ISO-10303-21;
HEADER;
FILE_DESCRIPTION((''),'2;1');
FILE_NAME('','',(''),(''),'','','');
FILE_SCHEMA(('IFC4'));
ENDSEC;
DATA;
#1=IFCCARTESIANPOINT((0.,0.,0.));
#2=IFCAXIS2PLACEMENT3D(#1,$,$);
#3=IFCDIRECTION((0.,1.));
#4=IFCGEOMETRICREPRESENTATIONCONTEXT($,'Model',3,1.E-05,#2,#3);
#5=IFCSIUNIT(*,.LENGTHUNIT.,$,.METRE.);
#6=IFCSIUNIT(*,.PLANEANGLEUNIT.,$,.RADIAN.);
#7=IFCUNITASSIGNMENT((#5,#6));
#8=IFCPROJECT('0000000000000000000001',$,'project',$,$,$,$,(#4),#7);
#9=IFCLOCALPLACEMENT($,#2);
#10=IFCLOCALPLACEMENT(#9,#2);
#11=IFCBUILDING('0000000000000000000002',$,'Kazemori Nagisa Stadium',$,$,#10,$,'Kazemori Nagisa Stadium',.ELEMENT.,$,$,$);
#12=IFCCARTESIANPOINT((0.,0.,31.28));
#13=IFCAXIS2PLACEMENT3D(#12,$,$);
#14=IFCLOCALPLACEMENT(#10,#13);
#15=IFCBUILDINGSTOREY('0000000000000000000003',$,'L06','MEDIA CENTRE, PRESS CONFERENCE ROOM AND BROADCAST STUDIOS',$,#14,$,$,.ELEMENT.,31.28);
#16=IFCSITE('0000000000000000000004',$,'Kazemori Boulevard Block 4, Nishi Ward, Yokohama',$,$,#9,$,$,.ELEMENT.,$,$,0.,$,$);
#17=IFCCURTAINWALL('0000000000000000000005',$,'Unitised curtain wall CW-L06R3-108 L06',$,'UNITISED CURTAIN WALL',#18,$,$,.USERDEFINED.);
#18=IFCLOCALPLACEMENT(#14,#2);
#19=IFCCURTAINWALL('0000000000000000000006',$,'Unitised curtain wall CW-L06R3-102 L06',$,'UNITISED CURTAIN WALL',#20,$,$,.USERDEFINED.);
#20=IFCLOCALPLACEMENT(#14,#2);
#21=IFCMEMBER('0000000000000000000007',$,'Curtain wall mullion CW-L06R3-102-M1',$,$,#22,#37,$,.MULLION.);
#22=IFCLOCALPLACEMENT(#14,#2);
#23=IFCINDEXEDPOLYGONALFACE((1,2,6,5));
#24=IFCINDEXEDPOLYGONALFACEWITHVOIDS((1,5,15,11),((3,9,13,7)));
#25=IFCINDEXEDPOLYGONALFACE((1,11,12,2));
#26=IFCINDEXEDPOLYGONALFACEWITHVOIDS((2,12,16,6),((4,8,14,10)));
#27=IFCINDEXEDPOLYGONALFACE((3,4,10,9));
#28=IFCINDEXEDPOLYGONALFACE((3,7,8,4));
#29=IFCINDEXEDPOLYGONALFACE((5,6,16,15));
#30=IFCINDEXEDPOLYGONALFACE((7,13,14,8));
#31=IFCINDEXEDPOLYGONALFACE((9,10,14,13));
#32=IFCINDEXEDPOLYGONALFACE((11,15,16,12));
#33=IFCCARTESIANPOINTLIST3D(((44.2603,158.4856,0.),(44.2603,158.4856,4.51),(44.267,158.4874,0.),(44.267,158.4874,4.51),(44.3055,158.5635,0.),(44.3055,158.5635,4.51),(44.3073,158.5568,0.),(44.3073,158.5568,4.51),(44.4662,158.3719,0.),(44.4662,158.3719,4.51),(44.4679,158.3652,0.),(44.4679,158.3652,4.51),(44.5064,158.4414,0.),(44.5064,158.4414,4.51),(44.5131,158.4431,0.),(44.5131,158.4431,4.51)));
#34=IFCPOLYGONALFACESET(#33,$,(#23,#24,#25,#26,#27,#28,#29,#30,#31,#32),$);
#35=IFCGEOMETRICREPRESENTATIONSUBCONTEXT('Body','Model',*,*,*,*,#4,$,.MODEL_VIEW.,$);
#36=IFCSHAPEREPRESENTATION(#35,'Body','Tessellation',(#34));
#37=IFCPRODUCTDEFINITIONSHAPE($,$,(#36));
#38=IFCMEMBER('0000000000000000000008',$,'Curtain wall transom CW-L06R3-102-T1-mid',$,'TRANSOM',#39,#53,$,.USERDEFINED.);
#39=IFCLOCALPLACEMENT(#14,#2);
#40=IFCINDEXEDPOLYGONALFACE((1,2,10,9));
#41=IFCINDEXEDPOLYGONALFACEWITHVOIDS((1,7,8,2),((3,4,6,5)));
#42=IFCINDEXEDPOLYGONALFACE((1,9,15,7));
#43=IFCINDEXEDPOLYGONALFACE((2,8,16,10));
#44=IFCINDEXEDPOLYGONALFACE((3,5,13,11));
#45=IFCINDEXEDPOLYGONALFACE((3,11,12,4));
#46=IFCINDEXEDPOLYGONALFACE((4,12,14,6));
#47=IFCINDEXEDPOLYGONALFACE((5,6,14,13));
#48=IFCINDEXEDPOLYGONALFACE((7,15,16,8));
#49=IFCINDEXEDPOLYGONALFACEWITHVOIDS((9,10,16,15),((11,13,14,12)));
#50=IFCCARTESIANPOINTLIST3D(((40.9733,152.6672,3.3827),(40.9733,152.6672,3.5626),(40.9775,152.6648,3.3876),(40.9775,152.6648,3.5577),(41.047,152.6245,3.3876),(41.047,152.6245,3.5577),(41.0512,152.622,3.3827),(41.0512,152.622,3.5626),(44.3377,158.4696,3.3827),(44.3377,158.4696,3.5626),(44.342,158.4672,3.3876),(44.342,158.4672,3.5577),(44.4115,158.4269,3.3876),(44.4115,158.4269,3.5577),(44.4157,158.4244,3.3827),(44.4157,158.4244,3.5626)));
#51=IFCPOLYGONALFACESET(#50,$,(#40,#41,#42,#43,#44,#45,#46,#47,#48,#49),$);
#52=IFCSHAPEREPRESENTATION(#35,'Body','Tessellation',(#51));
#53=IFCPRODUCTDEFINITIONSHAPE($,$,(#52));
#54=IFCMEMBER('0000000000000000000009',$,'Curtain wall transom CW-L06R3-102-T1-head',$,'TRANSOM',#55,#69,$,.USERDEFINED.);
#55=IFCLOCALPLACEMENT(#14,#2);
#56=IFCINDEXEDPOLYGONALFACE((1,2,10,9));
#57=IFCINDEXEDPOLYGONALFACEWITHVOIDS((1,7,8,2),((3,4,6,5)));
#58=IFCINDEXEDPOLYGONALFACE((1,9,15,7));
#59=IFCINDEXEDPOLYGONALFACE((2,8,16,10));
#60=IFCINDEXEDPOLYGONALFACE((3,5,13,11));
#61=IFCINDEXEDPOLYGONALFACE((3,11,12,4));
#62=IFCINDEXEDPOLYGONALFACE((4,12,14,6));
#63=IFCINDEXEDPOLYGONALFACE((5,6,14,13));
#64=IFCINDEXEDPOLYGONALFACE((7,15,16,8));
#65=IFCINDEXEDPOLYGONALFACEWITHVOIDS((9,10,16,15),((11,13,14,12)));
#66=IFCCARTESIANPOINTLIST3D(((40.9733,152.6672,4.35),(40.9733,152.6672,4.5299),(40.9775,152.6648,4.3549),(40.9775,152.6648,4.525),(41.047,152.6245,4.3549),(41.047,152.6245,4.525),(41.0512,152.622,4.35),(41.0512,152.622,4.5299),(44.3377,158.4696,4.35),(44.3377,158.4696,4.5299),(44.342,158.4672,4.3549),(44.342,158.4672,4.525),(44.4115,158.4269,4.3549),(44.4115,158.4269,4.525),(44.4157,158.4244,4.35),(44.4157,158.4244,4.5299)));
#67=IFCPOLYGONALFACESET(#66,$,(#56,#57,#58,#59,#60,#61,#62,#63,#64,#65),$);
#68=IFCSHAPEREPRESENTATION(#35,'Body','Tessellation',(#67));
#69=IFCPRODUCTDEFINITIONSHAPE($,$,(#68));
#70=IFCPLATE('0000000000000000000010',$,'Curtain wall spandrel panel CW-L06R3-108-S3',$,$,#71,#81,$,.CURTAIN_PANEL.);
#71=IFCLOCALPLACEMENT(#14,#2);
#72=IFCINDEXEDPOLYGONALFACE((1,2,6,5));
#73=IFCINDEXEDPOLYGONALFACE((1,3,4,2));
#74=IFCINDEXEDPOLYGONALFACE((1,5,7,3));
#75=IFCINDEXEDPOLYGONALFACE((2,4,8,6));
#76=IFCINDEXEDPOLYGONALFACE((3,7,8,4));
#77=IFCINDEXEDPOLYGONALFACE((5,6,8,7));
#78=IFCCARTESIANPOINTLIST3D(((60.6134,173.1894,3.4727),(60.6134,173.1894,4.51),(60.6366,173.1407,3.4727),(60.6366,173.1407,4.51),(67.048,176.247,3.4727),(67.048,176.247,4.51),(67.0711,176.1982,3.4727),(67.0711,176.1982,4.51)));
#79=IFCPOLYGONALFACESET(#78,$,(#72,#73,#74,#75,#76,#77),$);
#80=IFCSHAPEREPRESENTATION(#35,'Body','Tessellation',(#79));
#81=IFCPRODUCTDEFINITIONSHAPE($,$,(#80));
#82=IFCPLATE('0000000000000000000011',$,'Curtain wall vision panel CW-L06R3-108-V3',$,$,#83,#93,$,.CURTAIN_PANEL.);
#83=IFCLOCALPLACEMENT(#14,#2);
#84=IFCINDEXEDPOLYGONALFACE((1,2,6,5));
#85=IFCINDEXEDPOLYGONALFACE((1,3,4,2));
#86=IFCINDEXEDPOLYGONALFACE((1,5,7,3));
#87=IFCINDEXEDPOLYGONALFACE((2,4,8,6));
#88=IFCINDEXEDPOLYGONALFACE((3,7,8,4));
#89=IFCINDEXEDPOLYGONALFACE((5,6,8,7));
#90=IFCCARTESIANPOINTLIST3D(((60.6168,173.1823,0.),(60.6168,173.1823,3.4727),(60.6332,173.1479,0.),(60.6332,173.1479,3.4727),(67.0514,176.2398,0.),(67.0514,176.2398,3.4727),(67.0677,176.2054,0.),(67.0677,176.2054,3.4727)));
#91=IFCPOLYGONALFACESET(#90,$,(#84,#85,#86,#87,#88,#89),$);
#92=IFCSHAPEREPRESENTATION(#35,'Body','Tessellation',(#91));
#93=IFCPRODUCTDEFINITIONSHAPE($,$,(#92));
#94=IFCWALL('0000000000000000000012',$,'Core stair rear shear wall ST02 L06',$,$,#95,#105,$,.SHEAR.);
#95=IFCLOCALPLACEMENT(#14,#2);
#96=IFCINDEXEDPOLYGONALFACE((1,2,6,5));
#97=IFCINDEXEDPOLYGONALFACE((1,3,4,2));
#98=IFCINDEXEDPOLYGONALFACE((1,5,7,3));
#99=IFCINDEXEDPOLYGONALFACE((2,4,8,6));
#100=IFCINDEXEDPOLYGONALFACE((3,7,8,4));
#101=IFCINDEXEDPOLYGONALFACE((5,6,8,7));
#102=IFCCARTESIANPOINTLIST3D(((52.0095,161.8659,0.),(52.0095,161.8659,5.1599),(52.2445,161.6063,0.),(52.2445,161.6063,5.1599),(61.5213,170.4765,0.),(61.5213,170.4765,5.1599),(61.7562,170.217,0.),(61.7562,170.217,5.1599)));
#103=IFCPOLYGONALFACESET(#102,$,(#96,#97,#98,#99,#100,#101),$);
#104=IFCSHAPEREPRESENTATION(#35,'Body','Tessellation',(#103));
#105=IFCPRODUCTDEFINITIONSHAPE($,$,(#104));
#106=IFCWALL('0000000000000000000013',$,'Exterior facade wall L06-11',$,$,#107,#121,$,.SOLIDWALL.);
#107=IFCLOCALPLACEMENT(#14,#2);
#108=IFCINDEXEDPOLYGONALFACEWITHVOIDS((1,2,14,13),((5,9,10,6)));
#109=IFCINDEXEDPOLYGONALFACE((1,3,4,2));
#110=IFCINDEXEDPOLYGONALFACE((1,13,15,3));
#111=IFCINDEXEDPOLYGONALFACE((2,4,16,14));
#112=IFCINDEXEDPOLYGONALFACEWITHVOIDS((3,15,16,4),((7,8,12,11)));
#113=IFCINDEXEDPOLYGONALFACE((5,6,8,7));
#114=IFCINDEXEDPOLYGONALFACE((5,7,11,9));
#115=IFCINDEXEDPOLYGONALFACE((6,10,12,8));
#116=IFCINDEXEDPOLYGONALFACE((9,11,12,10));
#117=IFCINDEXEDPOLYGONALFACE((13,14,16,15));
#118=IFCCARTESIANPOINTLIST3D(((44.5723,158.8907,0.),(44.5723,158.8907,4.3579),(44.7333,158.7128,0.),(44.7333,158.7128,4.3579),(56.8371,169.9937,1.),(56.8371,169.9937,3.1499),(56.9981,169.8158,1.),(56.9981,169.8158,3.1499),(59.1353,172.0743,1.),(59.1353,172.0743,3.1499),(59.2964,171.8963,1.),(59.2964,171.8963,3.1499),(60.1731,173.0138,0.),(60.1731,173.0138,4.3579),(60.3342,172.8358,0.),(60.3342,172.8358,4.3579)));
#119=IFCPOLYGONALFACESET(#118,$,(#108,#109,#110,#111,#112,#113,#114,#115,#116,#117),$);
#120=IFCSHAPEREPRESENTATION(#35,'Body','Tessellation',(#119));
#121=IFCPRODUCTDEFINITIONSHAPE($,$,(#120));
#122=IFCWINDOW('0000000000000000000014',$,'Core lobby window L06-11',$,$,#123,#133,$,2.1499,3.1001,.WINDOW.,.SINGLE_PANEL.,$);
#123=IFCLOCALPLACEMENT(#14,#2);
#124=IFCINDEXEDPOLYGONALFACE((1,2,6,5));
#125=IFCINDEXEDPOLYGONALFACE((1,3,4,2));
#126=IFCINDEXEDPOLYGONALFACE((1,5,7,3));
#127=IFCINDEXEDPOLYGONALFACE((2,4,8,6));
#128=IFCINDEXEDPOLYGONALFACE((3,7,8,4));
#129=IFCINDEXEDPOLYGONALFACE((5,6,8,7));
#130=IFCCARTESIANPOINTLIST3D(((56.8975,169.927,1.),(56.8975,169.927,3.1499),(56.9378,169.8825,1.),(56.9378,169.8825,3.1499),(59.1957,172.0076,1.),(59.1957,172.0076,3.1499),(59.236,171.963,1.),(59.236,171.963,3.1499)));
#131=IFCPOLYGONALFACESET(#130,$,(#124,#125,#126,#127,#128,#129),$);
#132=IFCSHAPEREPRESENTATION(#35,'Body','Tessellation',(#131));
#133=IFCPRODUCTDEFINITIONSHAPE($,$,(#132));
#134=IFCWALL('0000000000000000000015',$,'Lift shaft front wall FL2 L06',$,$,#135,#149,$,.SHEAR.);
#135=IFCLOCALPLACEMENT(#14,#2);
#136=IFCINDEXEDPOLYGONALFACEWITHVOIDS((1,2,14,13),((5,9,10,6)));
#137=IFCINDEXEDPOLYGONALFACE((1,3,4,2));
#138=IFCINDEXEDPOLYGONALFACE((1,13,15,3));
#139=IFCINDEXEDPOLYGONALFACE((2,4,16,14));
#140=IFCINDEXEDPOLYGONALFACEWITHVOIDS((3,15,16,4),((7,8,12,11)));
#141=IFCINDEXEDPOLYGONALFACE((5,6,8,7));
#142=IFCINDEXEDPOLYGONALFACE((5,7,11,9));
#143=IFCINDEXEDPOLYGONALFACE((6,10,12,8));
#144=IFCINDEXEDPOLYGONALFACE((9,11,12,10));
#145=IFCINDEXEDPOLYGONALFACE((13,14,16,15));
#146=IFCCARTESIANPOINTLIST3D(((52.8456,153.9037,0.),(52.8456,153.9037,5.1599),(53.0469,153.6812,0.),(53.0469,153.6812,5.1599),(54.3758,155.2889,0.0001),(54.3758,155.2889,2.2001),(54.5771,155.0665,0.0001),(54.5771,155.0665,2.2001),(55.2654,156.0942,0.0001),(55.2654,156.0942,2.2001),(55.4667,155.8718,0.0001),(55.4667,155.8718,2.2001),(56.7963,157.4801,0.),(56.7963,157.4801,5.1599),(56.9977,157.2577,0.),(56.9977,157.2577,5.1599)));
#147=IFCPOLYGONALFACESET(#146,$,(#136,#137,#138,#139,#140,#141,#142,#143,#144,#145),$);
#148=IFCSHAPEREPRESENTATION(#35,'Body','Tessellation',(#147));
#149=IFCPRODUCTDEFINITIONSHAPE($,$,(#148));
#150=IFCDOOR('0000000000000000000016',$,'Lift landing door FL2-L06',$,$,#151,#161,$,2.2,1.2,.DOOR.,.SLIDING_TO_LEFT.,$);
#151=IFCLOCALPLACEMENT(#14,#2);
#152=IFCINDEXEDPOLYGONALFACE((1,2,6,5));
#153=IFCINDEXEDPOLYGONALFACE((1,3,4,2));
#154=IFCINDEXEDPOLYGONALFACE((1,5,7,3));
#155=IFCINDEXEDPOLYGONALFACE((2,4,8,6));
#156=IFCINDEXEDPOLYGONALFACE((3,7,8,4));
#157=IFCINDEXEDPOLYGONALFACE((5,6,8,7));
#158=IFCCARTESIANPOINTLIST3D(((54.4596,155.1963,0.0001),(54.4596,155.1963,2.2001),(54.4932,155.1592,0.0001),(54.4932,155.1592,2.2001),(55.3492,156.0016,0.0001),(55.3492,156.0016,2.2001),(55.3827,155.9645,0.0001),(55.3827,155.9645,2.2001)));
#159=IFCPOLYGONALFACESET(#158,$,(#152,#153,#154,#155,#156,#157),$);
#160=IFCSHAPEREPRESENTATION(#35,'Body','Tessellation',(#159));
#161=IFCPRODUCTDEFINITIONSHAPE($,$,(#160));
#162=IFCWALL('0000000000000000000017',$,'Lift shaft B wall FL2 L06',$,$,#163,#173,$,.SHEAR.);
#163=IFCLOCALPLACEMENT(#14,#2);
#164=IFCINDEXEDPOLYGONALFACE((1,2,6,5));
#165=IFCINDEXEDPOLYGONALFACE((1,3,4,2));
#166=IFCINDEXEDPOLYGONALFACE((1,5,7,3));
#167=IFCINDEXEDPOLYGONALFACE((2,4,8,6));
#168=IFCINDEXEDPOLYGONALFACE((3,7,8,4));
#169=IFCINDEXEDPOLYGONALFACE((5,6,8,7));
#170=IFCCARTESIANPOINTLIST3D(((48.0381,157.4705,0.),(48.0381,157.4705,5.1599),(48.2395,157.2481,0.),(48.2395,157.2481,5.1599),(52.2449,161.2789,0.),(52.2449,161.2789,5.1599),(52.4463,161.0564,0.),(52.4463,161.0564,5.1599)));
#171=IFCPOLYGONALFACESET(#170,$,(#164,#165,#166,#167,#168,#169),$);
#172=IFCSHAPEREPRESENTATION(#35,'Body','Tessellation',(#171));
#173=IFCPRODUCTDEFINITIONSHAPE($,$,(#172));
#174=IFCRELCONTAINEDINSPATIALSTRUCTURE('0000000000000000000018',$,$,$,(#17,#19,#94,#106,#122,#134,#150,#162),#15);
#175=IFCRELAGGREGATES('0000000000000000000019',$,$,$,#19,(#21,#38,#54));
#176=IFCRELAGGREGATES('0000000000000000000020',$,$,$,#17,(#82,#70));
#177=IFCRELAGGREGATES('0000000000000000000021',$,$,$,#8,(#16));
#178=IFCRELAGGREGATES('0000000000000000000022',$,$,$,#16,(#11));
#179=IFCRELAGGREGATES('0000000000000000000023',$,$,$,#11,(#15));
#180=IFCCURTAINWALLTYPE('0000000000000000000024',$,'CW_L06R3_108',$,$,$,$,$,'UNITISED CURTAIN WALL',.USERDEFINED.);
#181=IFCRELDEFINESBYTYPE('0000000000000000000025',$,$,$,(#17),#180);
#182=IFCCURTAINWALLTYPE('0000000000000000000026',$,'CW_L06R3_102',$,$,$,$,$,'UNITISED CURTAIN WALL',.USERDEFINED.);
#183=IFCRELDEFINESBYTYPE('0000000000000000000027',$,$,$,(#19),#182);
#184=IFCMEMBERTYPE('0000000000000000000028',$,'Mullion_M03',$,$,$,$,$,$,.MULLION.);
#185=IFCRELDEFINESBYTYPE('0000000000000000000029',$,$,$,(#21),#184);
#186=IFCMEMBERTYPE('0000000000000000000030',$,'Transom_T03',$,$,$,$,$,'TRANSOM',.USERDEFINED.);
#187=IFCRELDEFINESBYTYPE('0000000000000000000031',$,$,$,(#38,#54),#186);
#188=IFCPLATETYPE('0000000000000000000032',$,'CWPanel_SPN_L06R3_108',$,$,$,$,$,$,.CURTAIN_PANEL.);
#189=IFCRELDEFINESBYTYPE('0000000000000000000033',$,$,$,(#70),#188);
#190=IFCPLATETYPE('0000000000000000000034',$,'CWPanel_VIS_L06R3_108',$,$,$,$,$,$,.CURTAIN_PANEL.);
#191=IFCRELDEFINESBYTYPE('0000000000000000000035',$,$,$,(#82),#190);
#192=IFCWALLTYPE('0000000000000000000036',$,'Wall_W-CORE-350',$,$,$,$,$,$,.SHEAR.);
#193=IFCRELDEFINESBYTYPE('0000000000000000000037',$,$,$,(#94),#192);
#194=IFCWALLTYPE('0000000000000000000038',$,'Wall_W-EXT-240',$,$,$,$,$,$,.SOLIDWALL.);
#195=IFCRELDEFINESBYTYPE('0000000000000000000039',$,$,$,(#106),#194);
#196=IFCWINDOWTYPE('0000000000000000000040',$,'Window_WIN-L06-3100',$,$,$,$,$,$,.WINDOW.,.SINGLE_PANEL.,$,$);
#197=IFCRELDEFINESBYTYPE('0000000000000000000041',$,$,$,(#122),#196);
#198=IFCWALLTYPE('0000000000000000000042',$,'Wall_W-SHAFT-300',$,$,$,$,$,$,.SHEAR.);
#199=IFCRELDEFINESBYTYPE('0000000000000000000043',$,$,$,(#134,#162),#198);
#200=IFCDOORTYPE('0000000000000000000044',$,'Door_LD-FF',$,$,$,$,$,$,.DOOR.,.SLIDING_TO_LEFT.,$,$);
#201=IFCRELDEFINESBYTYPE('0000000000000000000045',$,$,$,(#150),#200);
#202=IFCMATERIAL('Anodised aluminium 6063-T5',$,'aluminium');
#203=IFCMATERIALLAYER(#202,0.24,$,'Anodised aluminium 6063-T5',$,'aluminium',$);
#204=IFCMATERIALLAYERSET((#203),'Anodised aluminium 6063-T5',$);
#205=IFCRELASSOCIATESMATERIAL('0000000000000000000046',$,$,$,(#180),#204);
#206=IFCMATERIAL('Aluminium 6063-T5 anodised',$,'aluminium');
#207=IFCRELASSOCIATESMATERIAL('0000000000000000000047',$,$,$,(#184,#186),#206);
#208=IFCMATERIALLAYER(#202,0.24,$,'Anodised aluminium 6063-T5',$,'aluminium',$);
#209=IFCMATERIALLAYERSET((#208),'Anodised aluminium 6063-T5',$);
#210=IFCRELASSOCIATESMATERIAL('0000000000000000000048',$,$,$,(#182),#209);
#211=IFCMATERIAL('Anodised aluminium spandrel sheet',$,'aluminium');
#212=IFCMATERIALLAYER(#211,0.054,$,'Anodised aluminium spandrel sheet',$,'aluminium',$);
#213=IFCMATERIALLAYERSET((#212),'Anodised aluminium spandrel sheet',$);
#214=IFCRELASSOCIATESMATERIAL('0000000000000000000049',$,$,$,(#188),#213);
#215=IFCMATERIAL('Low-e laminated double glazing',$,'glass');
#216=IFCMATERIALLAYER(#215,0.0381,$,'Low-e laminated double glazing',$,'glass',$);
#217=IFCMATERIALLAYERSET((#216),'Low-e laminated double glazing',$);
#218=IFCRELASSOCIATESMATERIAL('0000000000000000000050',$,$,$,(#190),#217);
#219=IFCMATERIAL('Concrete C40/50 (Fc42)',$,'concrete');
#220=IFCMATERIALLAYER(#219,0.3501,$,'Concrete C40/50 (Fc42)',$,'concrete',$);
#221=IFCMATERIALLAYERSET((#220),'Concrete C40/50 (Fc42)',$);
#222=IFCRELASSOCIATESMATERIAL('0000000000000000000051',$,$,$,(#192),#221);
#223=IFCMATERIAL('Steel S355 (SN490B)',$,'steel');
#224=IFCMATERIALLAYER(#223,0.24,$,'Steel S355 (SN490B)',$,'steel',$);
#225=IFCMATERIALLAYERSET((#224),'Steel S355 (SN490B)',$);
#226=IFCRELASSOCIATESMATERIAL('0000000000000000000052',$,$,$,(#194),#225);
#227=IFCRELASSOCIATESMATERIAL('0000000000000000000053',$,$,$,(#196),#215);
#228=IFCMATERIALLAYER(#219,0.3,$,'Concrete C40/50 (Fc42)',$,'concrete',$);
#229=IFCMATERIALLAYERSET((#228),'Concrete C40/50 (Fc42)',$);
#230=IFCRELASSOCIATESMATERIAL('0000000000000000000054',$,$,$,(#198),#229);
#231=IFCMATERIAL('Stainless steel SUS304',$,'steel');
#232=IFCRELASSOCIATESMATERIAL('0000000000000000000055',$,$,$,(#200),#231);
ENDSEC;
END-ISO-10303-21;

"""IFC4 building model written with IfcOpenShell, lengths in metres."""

from ifc_helpers import new_model, si_unit, direction, frame, frame_2d, origin, origin_2d, place, context, subcontext, project, spatial, rectangle, hollow_rectangle, extrude, material, layer, layer_set, material_profile, profile_set, type_object, element, fill, aggregate, save


model = new_model("IFC4")

# Units and contexts
model_context = context("Model", 3, precision=1e-05, world=origin(), true_north=direction((0.0, 1.0)))
body_context = subcontext(model_context, "Body", "Model", "MODEL_VIEW")
ifc_project = project(units=[si_unit("LENGTHUNIT", "METRE"), si_unit("PLANEANGLEUNIT", "RADIAN")], contexts=[model_context])

# Site, building, storey
site_placement = place(None, origin())
site = spatial("IfcSite", under=ifc_project, at=site_placement, Name="Kazemori Boulevard Block 4, Nishi Ward, Yokohama", CompositionType="ELEMENT", RefElevation=0.0)
building_placement = place(site_placement, origin())
building = spatial("IfcBuilding", under=site, at=building_placement, Name="Kazemori Nagisa Stadium", LongName="Kazemori Nagisa Stadium", CompositionType="ELEMENT")
storey_placement = place(building_placement, frame((0.0, 0.0, 31.28)))
storey = spatial("IfcBuildingStorey", under=building, at=storey_placement, Name="L06", Description="MEDIA CENTRE, PRESS CONFERENCE ROOM AND BROADCAST STUDIOS", CompositionType="ELEMENT", Elevation=31.28)

# Shared definitions
ifc_material_1 = material(Name="Concrete C40/50 (Fc42)", Category="concrete")

# Curtain wall
ifc_material_2 = material(Name="Anodised aluminium 6063-T5", Category="aluminium")
ifc_layer_1 = layer(ifc_material_2, 0.24, Name="Anodised aluminium 6063-T5", Category="aluminium")
ifc_layer_set_1 = layer_set([ifc_layer_1], Name="Anodised aluminium 6063-T5")
curtain_wall_type_1 = type_object("IfcCurtainWallType", Name="CW_L06R3_108", ElementType="UNITISED CURTAIN WALL", PredefinedType="USERDEFINED", material=ifc_layer_set_1)
curtain_wall_1_placement = place(storey_placement, origin())
curtain_wall_1 = element("IfcCurtainWall", 1, at=curtain_wall_1_placement, inside=storey, type_object=curtain_wall_type_1, Name="Unitised curtain wall CW-L06R3-108 L06", ObjectType="UNITISED CURTAIN WALL", PredefinedType="USERDEFINED")
ifc_material_3 = material(Name="Aluminium 6063-T5 anodised", Category="aluminium")
ifc_material_profile_1 = material_profile(ifc_material_3, hollow_rectangle(XDim=0.0901, YDim=0.24, WallThickness=0.0049, at=origin_2d()), Name="ALU-MULL-90x240x5")
ifc_profile_set_1 = profile_set([ifc_material_profile_1], Name="Aluminium 6063-T5 anodised")
member_type_1 = type_object("IfcMemberType", Name="Mullion_M03", PredefinedType="MULLION", material=ifc_profile_set_1)

# Curtain wall, members
ifc_layer_2 = layer(ifc_material_2, 0.24, Name="Anodised aluminium 6063-T5", Category="aluminium")
ifc_layer_set_2 = layer_set([ifc_layer_2], Name="Anodised aluminium 6063-T5")
curtain_wall_type_2 = type_object("IfcCurtainWallType", Name="CW_L06R3_102", ElementType="UNITISED CURTAIN WALL", PredefinedType="USERDEFINED", material=ifc_layer_set_2)
curtain_wall_2_placement = place(storey_placement, origin())
curtain_wall_2 = element("IfcCurtainWall", 2, at=curtain_wall_2_placement, inside=storey, type_object=curtain_wall_type_2, Name="Unitised curtain wall CW-L06R3-102 L06", ObjectType="UNITISED CURTAIN WALL", PredefinedType="USERDEFINED")
member_1_placement = place(storey_placement, frame((44.3867, 158.4644, 0.0), z_axis=(0.0, 0.0, 1.0), x_axis=(-0.501612, -0.865093, 0.0)))
member_1 = element("IfcMember", 3, at=member_1_placement, type_object=member_type_1, Name="Curtain wall mullion CW-L06R3-102-M1", PredefinedType="MULLION", context=body_context, shape_type="SweptSolid", body=[
    extrude(hollow_rectangle(XDim=0.0901, YDim=0.24, WallThickness=0.0049, at=origin_2d()), origin(), (0.0, 0.0, 1.0), 4.51),
])
ifc_material_profile_2 = material_profile(ifc_material_3, hollow_rectangle(XDim=0.0901, YDim=0.1799, WallThickness=0.0049, at=origin_2d()), Name="ALU-TRAN-90x180x5")
ifc_profile_set_2 = profile_set([ifc_material_profile_2], Name="Aluminium 6063-T5 anodised")
member_type_2 = type_object("IfcMemberType", Name="Transom_T03", ElementType="TRANSOM", PredefinedType="USERDEFINED", material=ifc_profile_set_2)
member_2_placement = place(storey_placement, frame((44.3767, 158.447, 3.4727), z_axis=(-0.501613, -0.865092, 0.0), x_axis=(0.865092, -0.501613, 0.0)))
member_2 = element("IfcMember", 4, at=member_2_placement, type_object=member_type_2, Name="Curtain wall transom CW-L06R3-102-T1-mid", ObjectType="TRANSOM", PredefinedType="USERDEFINED", context=body_context, shape_type="SweptSolid", body=[
    extrude(hollow_rectangle(XDim=0.0901, YDim=0.1799, WallThickness=0.0049, at=origin_2d()), origin(), (0.0, 0.0, 1.0), 6.7073),
])
member_3_placement = place(storey_placement, frame((44.3767, 158.447, 4.4399), z_axis=(-0.501613, -0.865092, 0.0), x_axis=(0.865092, -0.501613, 0.0)))
member_3 = element("IfcMember", 5, at=member_3_placement, type_object=member_type_2, Name="Curtain wall transom CW-L06R3-102-T1-head", ObjectType="TRANSOM", PredefinedType="USERDEFINED", context=body_context, shape_type="SweptSolid", body=[
    extrude(hollow_rectangle(XDim=0.0901, YDim=0.1799, WallThickness=0.0049, at=origin_2d()), origin(), (0.0, 0.0, 1.0), 6.7073),
])
aggregate(curtain_wall_2, [member_1, member_2, member_3])

# Plates
ifc_material_4 = material(Name="Anodised aluminium spandrel sheet", Category="aluminium")
ifc_layer_3 = layer(ifc_material_4, 0.054, Name="Anodised aluminium spandrel sheet", Category="aluminium")
ifc_layer_set_3 = layer_set([ifc_layer_3], Name="Anodised aluminium spandrel sheet")
plate_type_1 = type_object("IfcPlateType", Name="CWPanel_SPN_L06R3_108", PredefinedType="CURTAIN_PANEL", material=ifc_layer_set_3)
plate_1_placement = place(storey_placement, frame((63.8423, 174.6938, 3.4727), z_axis=(0.0, 0.0, 1.0), x_axis=(-0.903216, -0.429186, 0.0)))
plate_1 = element("IfcPlate", 6, at=plate_1_placement, type_object=plate_type_1, Name="Curtain wall spandrel panel CW-L06R3-108-S3", PredefinedType="CURTAIN_PANEL", context=body_context, shape_type="SweptSolid", body=[
    extrude(rectangle(XDim=7.124, YDim=0.054, at=origin_2d()), origin(), (0.0, 0.0, 1.0), 1.0374),
])
ifc_material_5 = material(Name="Low-e laminated double glazing", Category="glass")
ifc_layer_4 = layer(ifc_material_5, 0.0381, Name="Low-e laminated double glazing", Category="glass")
ifc_layer_set_4 = layer_set([ifc_layer_4], Name="Low-e laminated double glazing")
plate_type_2 = type_object("IfcPlateType", Name="CWPanel_VIS_L06R3_108", PredefinedType="CURTAIN_PANEL", material=ifc_layer_set_4)
plate_2_placement = place(storey_placement, frame((63.8423, 174.6938, 0.0), z_axis=(0.0, 0.0, 1.0), x_axis=(-0.903216, -0.429186, 0.0)))
plate_2 = element("IfcPlate", 7, at=plate_2_placement, type_object=plate_type_2, Name="Curtain wall vision panel CW-L06R3-108-V3", PredefinedType="CURTAIN_PANEL", context=body_context, shape_type="SweptSolid", body=[
    extrude(rectangle(XDim=7.124, YDim=0.0381, at=origin_2d()), origin(), (0.0, 0.0, 1.0), 3.4727),
])
aggregate(curtain_wall_1, [plate_2, plate_1])

# Wall
ifc_layer_5 = layer(ifc_material_1, 0.3501, Name="Concrete C40/50 (Fc42)", Category="concrete")
ifc_layer_set_5 = layer_set([ifc_layer_5], Name="Concrete C40/50 (Fc42)")
wall_type_1 = type_object("IfcWallType", Name="Wall_W-CORE-350", PredefinedType="SHEAR", material=ifc_layer_set_5)
wall_1_placement = place(storey_placement, frame((61.6387, 170.3467, 0.0), z_axis=(0.0, 0.0, 1.0), x_axis=(-0.741351, -0.671117, 0.0)))
element("IfcWall", 8, at=wall_1_placement, inside=storey, type_object=wall_type_1, Name="Core stair rear shear wall ST02 L06", PredefinedType="SHEAR", context=body_context, shape_type="SweptSolid", body=[
    extrude(rectangle(XDim=12.8303, YDim=0.3501, at=frame_2d((6.415, 0.0))), origin(), (0.0, 0.0, 1.0), 5.1599),
])

# Wall, opening, window
ifc_material_6 = material(Name="Steel S355 (SN490B)", Category="steel")
ifc_layer_6 = layer(ifc_material_6, 0.24, Name="Steel S355 (SN490B)", Category="steel")
ifc_layer_set_6 = layer_set([ifc_layer_6], Name="Steel S355 (SN490B)")
wall_type_2 = type_object("IfcWallType", Name="Wall_W-EXT-240", PredefinedType="SOLIDWALL", material=ifc_layer_set_6)
wall_2_placement = place(storey_placement, frame((60.2537, 172.9248, 0.0), z_axis=(0.0, 0.0, 1.0), x_axis=(-0.741346, -0.671123, 0.0)))
wall_2 = element("IfcWall", 9, at=wall_2_placement, inside=storey, type_object=wall_type_2, Name="Exterior facade wall L06-11", PredefinedType="SOLIDWALL", context=body_context, shape_type="SweptSolid", body=[
    extrude(rectangle(XDim=21.0439, YDim=0.24, at=frame_2d((10.522, 0.0))), origin(), (0.0, 0.0, 1.0), 4.3579),
])
opening_1_placement = place(wall_2_placement, frame((1.3999, 0.0, 1.0)))
opening_1 = element("IfcOpeningElement", 10, at=opening_1_placement, cuts=wall_2, PredefinedType="OPENING", context=body_context, shape_type="SweptSolid", body=[
    extrude(rectangle(XDim=3.1001, YDim=2.1499, at=frame_2d((1.55, 1.075))), frame((0.0, 0.1299, 0.0), z_axis=(0.0, -1.0, 0.0), x_axis=(1.0, 0.0, 0.0)), (0.0, 0.0, 1.0), 0.26),
])
window_type = type_object("IfcWindowType", Name="Window_WIN-L06-3100", PartitioningType="SINGLE_PANEL", PredefinedType="WINDOW", material=ifc_material_5)
window_placement = place(opening_1_placement, origin())
window = element("IfcWindow", 11, at=window_placement, inside=storey, type_object=window_type, Name="Core lobby window L06-11", OverallHeight=2.1499, OverallWidth=3.1001, PartitioningType="SINGLE_PANEL", PredefinedType="WINDOW", context=body_context, shape_type="SweptSolid", body=[
    extrude(rectangle(XDim=3.1001, YDim=2.1499, at=frame_2d((1.55, 1.075))), frame((0.0, 0.03, 0.0), z_axis=(0.0, -1.0, 0.0), x_axis=(1.0, 0.0, 0.0)), (0.0, 0.0, 1.0), 0.0601),
])
fill(opening_1, window)

# Wall, opening, door
ifc_layer_7 = layer(ifc_material_1, 0.3, Name="Concrete C40/50 (Fc42)", Category="concrete")
ifc_layer_set_7 = layer_set([ifc_layer_7], Name="Concrete C40/50 (Fc42)")
wall_type_3 = type_object("IfcWallType", Name="Wall_W-SHAFT-300", PredefinedType="SHEAR", material=ifc_layer_set_7)
wall_3_placement = place(storey_placement, frame((56.897, 157.3689, 0.0), z_axis=(0.0, 0.0, 1.0), x_axis=(-0.74135, -0.671118, 0.0)))
wall_3 = element("IfcWall", 12, at=wall_3_placement, inside=storey, type_object=wall_type_3, Name="Lift shaft front wall FL2 L06", PredefinedType="SHEAR", context=body_context, shape_type="SweptSolid", body=[
    extrude(rectangle(XDim=5.3291, YDim=0.3, at=frame_2d((2.6646, 0.0))), origin(), (0.0, 0.0, 1.0), 5.1599),
])
opening_2_placement = place(wall_3_placement, frame((2.0649, 0.0, 0.0)))
opening_2 = element("IfcOpeningElement", 13, at=opening_2_placement, cuts=wall_3, PredefinedType="OPENING", context=body_context, shape_type="SweptSolid", body=[
    extrude(rectangle(XDim=1.2, YDim=2.2, at=frame_2d((0.6001, 1.1001))), frame((0.0, 0.1599, 0.0), z_axis=(0.0, -1.0, 0.0), x_axis=(1.0, 0.0, 0.0)), (0.0, 0.0, 1.0), 0.3201),
])
ifc_material_7 = material(Name="Stainless steel SUS304", Category="steel")
door_type = type_object("IfcDoorType", Name="Door_LD-FF", OperationType="SLIDING_TO_LEFT", PredefinedType="DOOR", material=ifc_material_7)
door_placement = place(opening_2_placement, origin())
door = element("IfcDoor", 14, at=door_placement, inside=storey, type_object=door_type, Name="Lift landing door FL2-L06", OperationType="SLIDING_TO_LEFT", OverallHeight=2.2, OverallWidth=1.2, PredefinedType="DOOR", context=body_context, shape_type="SweptSolid", body=[
    extrude(rectangle(XDim=1.2, YDim=2.2, at=frame_2d((0.6001, 1.1001))), frame((0.0, 0.0249, 0.0), z_axis=(0.0, -1.0, 0.0), x_axis=(1.0, 0.0, 0.0)), (0.0, 0.0, 1.0), 0.05),
])
fill(opening_2, door)

# Wall
wall_4_placement = place(storey_placement, frame((52.3457, 161.1677, 0.0), z_axis=(0.0, 0.0, 1.0), x_axis=(-0.741342, -0.671127, 0.0)))
element("IfcWall", 15, at=wall_4_placement, inside=storey, type_object=wall_type_3, Name="Lift shaft B wall FL2 L06", PredefinedType="SHEAR", context=body_context, shape_type="SweptSolid", body=[
    extrude(rectangle(XDim=5.6746, YDim=0.3, at=frame_2d((2.8374, 0.0))), origin(), (0.0, 0.0, 1.0), 5.1599),
])

save(model, "model.ifc")
